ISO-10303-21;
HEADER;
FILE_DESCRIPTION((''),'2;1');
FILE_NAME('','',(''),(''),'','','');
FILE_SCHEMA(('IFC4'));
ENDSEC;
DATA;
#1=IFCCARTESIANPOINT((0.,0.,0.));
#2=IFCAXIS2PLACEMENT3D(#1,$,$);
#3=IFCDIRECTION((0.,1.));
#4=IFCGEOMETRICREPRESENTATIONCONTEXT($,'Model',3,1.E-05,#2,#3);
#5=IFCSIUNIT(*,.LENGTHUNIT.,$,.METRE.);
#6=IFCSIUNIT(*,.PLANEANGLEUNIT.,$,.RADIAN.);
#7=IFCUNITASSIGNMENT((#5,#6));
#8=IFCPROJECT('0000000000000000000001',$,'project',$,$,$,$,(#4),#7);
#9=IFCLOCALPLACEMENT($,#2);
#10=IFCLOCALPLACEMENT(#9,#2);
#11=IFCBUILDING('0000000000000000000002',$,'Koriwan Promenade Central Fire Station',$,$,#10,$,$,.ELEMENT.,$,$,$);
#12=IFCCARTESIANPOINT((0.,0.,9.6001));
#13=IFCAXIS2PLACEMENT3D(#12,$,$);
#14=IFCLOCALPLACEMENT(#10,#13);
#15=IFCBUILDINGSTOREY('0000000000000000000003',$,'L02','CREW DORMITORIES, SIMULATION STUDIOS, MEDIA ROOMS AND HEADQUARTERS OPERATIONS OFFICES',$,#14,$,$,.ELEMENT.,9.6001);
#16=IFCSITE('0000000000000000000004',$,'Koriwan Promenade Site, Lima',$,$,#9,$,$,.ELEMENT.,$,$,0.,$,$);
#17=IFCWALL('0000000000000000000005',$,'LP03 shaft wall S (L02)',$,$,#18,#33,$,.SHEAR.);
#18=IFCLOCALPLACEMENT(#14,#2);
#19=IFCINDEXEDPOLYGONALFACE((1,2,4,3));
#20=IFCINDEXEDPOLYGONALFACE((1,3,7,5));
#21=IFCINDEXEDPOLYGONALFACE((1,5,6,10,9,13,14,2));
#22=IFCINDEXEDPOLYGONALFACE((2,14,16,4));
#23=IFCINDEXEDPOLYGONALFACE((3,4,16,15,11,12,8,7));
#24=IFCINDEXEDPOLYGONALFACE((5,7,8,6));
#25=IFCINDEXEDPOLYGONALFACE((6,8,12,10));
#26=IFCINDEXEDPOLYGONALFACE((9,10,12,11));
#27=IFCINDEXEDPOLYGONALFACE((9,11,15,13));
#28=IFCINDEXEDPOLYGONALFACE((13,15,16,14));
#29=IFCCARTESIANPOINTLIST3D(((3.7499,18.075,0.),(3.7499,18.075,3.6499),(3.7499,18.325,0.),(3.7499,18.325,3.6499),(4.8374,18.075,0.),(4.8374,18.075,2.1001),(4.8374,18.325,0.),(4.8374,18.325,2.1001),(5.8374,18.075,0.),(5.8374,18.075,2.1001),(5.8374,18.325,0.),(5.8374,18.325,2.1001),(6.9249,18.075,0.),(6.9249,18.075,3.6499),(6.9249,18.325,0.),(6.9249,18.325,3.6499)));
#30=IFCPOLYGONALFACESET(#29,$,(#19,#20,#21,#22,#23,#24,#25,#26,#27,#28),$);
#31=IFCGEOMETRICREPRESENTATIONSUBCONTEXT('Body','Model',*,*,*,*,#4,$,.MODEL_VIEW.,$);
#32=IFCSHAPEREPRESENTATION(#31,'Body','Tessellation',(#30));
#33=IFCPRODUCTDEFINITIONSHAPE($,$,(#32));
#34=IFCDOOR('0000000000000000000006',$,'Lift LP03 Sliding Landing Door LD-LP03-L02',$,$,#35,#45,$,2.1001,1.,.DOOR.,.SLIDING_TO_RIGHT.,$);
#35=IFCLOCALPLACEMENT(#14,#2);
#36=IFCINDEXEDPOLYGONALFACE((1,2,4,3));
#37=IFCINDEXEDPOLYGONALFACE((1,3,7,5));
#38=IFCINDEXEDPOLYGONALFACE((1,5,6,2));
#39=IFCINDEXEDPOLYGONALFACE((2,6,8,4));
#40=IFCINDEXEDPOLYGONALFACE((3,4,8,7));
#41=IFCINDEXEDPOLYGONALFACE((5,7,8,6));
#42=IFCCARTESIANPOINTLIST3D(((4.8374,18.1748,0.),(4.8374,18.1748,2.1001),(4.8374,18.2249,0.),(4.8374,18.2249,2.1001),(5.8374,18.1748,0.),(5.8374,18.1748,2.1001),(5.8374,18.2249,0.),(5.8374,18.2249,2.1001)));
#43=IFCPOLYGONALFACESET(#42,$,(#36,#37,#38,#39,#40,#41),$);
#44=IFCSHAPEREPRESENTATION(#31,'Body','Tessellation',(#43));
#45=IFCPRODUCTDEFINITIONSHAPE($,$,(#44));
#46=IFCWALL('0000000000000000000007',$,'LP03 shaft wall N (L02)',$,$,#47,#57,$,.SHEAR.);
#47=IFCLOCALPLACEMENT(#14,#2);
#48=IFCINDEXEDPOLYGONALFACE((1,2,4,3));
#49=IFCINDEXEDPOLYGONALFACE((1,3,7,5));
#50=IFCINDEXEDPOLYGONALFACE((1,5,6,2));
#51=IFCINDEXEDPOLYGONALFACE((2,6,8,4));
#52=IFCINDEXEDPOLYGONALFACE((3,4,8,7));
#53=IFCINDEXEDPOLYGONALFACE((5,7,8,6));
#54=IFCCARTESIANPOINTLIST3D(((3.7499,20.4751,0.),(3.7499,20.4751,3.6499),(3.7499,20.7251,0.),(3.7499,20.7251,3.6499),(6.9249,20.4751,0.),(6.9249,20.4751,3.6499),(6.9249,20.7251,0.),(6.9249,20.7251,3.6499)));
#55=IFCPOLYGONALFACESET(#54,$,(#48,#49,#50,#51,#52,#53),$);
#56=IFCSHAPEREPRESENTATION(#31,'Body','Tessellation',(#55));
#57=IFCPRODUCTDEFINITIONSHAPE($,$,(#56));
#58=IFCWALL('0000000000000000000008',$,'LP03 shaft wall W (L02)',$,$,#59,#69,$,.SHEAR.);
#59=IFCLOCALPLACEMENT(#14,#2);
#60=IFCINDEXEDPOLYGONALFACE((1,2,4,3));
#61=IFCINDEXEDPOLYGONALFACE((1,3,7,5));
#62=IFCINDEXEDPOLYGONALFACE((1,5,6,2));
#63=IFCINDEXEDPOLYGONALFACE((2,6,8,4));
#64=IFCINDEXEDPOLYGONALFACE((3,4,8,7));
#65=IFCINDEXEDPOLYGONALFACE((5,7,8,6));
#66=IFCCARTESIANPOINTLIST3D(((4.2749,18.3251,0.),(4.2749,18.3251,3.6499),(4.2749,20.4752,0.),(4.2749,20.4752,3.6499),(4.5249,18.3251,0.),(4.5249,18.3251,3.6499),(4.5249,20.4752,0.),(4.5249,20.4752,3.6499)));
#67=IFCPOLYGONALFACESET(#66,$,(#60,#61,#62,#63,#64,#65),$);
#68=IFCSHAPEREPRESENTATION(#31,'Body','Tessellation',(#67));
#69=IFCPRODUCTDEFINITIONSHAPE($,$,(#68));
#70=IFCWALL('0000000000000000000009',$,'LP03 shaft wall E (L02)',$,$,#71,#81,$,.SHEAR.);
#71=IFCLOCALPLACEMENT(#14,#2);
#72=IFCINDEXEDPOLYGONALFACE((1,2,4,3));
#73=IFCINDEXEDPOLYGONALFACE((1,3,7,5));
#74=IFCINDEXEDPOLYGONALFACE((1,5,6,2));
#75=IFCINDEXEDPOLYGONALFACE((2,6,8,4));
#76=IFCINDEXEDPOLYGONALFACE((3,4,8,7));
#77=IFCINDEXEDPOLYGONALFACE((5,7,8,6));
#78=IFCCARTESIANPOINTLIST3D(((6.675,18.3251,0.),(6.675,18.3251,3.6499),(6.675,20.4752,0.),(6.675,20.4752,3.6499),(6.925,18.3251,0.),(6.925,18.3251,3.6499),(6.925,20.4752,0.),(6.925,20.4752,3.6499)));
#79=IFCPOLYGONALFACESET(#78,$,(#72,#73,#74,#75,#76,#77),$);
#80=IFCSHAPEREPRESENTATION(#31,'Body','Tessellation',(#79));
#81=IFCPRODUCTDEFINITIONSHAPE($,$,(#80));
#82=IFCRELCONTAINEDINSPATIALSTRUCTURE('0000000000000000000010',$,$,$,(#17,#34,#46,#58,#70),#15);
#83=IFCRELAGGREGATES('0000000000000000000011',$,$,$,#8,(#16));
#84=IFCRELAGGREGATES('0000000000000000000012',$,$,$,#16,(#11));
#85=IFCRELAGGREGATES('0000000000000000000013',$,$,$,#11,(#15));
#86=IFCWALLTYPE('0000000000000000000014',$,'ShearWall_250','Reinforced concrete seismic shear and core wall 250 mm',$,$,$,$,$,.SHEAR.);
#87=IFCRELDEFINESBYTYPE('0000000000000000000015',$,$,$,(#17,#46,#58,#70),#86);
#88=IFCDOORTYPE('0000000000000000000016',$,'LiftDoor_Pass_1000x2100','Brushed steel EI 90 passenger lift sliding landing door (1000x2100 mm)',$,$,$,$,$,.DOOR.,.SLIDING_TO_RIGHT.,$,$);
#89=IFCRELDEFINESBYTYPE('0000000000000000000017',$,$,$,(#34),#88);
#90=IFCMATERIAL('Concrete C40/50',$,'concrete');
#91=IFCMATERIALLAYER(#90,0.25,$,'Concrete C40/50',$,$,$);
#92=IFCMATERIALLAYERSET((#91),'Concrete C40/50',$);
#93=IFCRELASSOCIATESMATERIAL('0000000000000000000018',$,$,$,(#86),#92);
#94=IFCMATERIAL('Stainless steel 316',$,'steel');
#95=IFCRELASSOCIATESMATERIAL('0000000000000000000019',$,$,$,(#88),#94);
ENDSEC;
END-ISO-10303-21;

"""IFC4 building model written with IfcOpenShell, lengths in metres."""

from ifc_helpers import new_model, si_unit, direction, frame, frame_2d, origin, place, context, subcontext, project, spatial, rectangle, extrude, material, layer, layer_set, type_object, element, fill, save


model = new_model("IFC4")

# Units and contexts
model_context = context("Model", 3, precision=1e-05, world=origin(), true_north=direction((0.0, 1.0)))
body_context = subcontext(model_context, "Body", "Model", "MODEL_VIEW")
ifc_project = project(units=[si_unit("LENGTHUNIT", "METRE"), si_unit("PLANEANGLEUNIT", "RADIAN")], contexts=[model_context])

# Site, building, storey
site_placement = place(None, origin())
site = spatial("IfcSite", under=ifc_project, at=site_placement, Name="Koriwan Promenade Site, Lima", CompositionType="ELEMENT", RefElevation=0.0)
building_placement = place(site_placement, origin())
building = spatial("IfcBuilding", under=site, at=building_placement, Name="Koriwan Promenade Central Fire Station", CompositionType="ELEMENT")
storey_placement = place(building_placement, frame((0.0, 0.0, 9.6001)))
storey = spatial("IfcBuildingStorey", under=building, at=storey_placement, Name="L02", Description="CREW DORMITORIES, SIMULATION STUDIOS, MEDIA ROOMS AND HEADQUARTERS OPERATIONS OFFICES", CompositionType="ELEMENT", Elevation=9.6001)

# Shared definitions
ifc_material_1 = material(Name="Concrete C40/50", Category="concrete")

# Wall, opening, door
ifc_layer_1 = layer(ifc_material_1, 0.25, Name="Concrete C40/50")
ifc_layer_set_1 = layer_set([ifc_layer_1], Name="Concrete C40/50")
wall_type_1 = type_object("IfcWallType", Name="ShearWall_250", Description="Reinforced concrete seismic shear and core wall 250 mm", PredefinedType="SHEAR", material=ifc_layer_set_1)
wall_1_placement = place(storey_placement, frame((3.75, 18.2, 0.0), z_axis=(0.0, 0.0, 1.0), x_axis=(1.0, 0.0, 0.0)))
wall_1 = element("IfcWall", 1, at=wall_1_placement, inside=storey, type_object=wall_type_1, Name="LP03 shaft wall S (L02)", PredefinedType="SHEAR", context=body_context, shape_type="SweptSolid", body=[
    extrude(rectangle(XDim=3.175, YDim=0.25, at=frame_2d((1.5874, 0.0))), origin(), (0.0, 0.0, 1.0), 3.6499),
])
opening_1_placement = place(wall_1_placement, frame((1.0874, 0.0, 0.0)))
opening_1 = element("IfcOpeningElement", 2, at=opening_1_placement, cuts=wall_1, PredefinedType="OPENING", context=body_context, shape_type="SweptSolid", body=[
    extrude(rectangle(XDim=1.0, YDim=2.1001, at=frame_2d((0.5, 1.05))), frame((0.0, 0.137, 0.0), z_axis=(0.0, -1.0, 0.0), x_axis=(1.0, 0.0, 0.0)), (0.0, 0.0, 1.0), 0.2739),
])
ifc_material_2 = material(Name="Stainless steel 316", Category="steel")
door_type = type_object("IfcDoorType", Name="LiftDoor_Pass_1000x2100", Description="Brushed steel EI 90 passenger lift sliding landing door (1000x2100 mm)", OperationType="SLIDING_TO_RIGHT", PredefinedType="DOOR", material=ifc_material_2)
door_placement = place(opening_1_placement, origin())
door = element("IfcDoor", 3, at=door_placement, inside=storey, type_object=door_type, Name="Lift LP03 Sliding Landing Door LD-LP03-L02", OperationType="SLIDING_TO_RIGHT", OverallHeight=2.1001, OverallWidth=1.0, PredefinedType="DOOR", context=body_context, shape_type="SweptSolid", body=[
    extrude(rectangle(XDim=1.0, YDim=2.1001, at=frame_2d((0.5, 1.05))), frame((0.0, 0.0249, 0.0), z_axis=(0.0, -1.0, 0.0), x_axis=(1.0, 0.0, 0.0)), (0.0, 0.0, 1.0), 0.05),
])
fill(opening_1, door)

# Walls
wall_2_placement = place(storey_placement, frame((3.75, 20.6001, 0.0), z_axis=(0.0, 0.0, 1.0), x_axis=(1.0, 0.0, 0.0)))
element("IfcWall", 4, at=wall_2_placement, inside=storey, type_object=wall_type_1, Name="LP03 shaft wall N (L02)", PredefinedType="SHEAR", context=body_context, shape_type="SweptSolid", body=[
    extrude(rectangle(XDim=3.175, YDim=0.25, at=frame_2d((1.5874, 0.0))), origin(), (0.0, 0.0, 1.0), 3.6499),
])
for number, where, z_axis, x_axis, name in (
    (5, (4.3999, 18.325, 0.0), (0.0, 0.0, 1.0), (0.0, 1.0, 0.0), "LP03 shaft wall W (L02)"),
    (6, (6.8, 18.325, 0.0), (0.0, 0.0, 1.0), (0.0, 1.0, 0.0), "LP03 shaft wall E (L02)"),
):
    element("IfcWall", number, at=place(storey_placement, frame(where, z_axis=z_axis, x_axis=x_axis)), inside=storey, type_object=wall_type_1, Name=name, PredefinedType="SHEAR", context=body_context, shape_type="SweptSolid", body=[
        extrude(rectangle(XDim=2.1501, YDim=0.25, at=frame_2d((1.0752, 0.0))), origin(), (0.0, 0.0, 1.0), 3.6499),
    ])

save(model, "model.ifc")
